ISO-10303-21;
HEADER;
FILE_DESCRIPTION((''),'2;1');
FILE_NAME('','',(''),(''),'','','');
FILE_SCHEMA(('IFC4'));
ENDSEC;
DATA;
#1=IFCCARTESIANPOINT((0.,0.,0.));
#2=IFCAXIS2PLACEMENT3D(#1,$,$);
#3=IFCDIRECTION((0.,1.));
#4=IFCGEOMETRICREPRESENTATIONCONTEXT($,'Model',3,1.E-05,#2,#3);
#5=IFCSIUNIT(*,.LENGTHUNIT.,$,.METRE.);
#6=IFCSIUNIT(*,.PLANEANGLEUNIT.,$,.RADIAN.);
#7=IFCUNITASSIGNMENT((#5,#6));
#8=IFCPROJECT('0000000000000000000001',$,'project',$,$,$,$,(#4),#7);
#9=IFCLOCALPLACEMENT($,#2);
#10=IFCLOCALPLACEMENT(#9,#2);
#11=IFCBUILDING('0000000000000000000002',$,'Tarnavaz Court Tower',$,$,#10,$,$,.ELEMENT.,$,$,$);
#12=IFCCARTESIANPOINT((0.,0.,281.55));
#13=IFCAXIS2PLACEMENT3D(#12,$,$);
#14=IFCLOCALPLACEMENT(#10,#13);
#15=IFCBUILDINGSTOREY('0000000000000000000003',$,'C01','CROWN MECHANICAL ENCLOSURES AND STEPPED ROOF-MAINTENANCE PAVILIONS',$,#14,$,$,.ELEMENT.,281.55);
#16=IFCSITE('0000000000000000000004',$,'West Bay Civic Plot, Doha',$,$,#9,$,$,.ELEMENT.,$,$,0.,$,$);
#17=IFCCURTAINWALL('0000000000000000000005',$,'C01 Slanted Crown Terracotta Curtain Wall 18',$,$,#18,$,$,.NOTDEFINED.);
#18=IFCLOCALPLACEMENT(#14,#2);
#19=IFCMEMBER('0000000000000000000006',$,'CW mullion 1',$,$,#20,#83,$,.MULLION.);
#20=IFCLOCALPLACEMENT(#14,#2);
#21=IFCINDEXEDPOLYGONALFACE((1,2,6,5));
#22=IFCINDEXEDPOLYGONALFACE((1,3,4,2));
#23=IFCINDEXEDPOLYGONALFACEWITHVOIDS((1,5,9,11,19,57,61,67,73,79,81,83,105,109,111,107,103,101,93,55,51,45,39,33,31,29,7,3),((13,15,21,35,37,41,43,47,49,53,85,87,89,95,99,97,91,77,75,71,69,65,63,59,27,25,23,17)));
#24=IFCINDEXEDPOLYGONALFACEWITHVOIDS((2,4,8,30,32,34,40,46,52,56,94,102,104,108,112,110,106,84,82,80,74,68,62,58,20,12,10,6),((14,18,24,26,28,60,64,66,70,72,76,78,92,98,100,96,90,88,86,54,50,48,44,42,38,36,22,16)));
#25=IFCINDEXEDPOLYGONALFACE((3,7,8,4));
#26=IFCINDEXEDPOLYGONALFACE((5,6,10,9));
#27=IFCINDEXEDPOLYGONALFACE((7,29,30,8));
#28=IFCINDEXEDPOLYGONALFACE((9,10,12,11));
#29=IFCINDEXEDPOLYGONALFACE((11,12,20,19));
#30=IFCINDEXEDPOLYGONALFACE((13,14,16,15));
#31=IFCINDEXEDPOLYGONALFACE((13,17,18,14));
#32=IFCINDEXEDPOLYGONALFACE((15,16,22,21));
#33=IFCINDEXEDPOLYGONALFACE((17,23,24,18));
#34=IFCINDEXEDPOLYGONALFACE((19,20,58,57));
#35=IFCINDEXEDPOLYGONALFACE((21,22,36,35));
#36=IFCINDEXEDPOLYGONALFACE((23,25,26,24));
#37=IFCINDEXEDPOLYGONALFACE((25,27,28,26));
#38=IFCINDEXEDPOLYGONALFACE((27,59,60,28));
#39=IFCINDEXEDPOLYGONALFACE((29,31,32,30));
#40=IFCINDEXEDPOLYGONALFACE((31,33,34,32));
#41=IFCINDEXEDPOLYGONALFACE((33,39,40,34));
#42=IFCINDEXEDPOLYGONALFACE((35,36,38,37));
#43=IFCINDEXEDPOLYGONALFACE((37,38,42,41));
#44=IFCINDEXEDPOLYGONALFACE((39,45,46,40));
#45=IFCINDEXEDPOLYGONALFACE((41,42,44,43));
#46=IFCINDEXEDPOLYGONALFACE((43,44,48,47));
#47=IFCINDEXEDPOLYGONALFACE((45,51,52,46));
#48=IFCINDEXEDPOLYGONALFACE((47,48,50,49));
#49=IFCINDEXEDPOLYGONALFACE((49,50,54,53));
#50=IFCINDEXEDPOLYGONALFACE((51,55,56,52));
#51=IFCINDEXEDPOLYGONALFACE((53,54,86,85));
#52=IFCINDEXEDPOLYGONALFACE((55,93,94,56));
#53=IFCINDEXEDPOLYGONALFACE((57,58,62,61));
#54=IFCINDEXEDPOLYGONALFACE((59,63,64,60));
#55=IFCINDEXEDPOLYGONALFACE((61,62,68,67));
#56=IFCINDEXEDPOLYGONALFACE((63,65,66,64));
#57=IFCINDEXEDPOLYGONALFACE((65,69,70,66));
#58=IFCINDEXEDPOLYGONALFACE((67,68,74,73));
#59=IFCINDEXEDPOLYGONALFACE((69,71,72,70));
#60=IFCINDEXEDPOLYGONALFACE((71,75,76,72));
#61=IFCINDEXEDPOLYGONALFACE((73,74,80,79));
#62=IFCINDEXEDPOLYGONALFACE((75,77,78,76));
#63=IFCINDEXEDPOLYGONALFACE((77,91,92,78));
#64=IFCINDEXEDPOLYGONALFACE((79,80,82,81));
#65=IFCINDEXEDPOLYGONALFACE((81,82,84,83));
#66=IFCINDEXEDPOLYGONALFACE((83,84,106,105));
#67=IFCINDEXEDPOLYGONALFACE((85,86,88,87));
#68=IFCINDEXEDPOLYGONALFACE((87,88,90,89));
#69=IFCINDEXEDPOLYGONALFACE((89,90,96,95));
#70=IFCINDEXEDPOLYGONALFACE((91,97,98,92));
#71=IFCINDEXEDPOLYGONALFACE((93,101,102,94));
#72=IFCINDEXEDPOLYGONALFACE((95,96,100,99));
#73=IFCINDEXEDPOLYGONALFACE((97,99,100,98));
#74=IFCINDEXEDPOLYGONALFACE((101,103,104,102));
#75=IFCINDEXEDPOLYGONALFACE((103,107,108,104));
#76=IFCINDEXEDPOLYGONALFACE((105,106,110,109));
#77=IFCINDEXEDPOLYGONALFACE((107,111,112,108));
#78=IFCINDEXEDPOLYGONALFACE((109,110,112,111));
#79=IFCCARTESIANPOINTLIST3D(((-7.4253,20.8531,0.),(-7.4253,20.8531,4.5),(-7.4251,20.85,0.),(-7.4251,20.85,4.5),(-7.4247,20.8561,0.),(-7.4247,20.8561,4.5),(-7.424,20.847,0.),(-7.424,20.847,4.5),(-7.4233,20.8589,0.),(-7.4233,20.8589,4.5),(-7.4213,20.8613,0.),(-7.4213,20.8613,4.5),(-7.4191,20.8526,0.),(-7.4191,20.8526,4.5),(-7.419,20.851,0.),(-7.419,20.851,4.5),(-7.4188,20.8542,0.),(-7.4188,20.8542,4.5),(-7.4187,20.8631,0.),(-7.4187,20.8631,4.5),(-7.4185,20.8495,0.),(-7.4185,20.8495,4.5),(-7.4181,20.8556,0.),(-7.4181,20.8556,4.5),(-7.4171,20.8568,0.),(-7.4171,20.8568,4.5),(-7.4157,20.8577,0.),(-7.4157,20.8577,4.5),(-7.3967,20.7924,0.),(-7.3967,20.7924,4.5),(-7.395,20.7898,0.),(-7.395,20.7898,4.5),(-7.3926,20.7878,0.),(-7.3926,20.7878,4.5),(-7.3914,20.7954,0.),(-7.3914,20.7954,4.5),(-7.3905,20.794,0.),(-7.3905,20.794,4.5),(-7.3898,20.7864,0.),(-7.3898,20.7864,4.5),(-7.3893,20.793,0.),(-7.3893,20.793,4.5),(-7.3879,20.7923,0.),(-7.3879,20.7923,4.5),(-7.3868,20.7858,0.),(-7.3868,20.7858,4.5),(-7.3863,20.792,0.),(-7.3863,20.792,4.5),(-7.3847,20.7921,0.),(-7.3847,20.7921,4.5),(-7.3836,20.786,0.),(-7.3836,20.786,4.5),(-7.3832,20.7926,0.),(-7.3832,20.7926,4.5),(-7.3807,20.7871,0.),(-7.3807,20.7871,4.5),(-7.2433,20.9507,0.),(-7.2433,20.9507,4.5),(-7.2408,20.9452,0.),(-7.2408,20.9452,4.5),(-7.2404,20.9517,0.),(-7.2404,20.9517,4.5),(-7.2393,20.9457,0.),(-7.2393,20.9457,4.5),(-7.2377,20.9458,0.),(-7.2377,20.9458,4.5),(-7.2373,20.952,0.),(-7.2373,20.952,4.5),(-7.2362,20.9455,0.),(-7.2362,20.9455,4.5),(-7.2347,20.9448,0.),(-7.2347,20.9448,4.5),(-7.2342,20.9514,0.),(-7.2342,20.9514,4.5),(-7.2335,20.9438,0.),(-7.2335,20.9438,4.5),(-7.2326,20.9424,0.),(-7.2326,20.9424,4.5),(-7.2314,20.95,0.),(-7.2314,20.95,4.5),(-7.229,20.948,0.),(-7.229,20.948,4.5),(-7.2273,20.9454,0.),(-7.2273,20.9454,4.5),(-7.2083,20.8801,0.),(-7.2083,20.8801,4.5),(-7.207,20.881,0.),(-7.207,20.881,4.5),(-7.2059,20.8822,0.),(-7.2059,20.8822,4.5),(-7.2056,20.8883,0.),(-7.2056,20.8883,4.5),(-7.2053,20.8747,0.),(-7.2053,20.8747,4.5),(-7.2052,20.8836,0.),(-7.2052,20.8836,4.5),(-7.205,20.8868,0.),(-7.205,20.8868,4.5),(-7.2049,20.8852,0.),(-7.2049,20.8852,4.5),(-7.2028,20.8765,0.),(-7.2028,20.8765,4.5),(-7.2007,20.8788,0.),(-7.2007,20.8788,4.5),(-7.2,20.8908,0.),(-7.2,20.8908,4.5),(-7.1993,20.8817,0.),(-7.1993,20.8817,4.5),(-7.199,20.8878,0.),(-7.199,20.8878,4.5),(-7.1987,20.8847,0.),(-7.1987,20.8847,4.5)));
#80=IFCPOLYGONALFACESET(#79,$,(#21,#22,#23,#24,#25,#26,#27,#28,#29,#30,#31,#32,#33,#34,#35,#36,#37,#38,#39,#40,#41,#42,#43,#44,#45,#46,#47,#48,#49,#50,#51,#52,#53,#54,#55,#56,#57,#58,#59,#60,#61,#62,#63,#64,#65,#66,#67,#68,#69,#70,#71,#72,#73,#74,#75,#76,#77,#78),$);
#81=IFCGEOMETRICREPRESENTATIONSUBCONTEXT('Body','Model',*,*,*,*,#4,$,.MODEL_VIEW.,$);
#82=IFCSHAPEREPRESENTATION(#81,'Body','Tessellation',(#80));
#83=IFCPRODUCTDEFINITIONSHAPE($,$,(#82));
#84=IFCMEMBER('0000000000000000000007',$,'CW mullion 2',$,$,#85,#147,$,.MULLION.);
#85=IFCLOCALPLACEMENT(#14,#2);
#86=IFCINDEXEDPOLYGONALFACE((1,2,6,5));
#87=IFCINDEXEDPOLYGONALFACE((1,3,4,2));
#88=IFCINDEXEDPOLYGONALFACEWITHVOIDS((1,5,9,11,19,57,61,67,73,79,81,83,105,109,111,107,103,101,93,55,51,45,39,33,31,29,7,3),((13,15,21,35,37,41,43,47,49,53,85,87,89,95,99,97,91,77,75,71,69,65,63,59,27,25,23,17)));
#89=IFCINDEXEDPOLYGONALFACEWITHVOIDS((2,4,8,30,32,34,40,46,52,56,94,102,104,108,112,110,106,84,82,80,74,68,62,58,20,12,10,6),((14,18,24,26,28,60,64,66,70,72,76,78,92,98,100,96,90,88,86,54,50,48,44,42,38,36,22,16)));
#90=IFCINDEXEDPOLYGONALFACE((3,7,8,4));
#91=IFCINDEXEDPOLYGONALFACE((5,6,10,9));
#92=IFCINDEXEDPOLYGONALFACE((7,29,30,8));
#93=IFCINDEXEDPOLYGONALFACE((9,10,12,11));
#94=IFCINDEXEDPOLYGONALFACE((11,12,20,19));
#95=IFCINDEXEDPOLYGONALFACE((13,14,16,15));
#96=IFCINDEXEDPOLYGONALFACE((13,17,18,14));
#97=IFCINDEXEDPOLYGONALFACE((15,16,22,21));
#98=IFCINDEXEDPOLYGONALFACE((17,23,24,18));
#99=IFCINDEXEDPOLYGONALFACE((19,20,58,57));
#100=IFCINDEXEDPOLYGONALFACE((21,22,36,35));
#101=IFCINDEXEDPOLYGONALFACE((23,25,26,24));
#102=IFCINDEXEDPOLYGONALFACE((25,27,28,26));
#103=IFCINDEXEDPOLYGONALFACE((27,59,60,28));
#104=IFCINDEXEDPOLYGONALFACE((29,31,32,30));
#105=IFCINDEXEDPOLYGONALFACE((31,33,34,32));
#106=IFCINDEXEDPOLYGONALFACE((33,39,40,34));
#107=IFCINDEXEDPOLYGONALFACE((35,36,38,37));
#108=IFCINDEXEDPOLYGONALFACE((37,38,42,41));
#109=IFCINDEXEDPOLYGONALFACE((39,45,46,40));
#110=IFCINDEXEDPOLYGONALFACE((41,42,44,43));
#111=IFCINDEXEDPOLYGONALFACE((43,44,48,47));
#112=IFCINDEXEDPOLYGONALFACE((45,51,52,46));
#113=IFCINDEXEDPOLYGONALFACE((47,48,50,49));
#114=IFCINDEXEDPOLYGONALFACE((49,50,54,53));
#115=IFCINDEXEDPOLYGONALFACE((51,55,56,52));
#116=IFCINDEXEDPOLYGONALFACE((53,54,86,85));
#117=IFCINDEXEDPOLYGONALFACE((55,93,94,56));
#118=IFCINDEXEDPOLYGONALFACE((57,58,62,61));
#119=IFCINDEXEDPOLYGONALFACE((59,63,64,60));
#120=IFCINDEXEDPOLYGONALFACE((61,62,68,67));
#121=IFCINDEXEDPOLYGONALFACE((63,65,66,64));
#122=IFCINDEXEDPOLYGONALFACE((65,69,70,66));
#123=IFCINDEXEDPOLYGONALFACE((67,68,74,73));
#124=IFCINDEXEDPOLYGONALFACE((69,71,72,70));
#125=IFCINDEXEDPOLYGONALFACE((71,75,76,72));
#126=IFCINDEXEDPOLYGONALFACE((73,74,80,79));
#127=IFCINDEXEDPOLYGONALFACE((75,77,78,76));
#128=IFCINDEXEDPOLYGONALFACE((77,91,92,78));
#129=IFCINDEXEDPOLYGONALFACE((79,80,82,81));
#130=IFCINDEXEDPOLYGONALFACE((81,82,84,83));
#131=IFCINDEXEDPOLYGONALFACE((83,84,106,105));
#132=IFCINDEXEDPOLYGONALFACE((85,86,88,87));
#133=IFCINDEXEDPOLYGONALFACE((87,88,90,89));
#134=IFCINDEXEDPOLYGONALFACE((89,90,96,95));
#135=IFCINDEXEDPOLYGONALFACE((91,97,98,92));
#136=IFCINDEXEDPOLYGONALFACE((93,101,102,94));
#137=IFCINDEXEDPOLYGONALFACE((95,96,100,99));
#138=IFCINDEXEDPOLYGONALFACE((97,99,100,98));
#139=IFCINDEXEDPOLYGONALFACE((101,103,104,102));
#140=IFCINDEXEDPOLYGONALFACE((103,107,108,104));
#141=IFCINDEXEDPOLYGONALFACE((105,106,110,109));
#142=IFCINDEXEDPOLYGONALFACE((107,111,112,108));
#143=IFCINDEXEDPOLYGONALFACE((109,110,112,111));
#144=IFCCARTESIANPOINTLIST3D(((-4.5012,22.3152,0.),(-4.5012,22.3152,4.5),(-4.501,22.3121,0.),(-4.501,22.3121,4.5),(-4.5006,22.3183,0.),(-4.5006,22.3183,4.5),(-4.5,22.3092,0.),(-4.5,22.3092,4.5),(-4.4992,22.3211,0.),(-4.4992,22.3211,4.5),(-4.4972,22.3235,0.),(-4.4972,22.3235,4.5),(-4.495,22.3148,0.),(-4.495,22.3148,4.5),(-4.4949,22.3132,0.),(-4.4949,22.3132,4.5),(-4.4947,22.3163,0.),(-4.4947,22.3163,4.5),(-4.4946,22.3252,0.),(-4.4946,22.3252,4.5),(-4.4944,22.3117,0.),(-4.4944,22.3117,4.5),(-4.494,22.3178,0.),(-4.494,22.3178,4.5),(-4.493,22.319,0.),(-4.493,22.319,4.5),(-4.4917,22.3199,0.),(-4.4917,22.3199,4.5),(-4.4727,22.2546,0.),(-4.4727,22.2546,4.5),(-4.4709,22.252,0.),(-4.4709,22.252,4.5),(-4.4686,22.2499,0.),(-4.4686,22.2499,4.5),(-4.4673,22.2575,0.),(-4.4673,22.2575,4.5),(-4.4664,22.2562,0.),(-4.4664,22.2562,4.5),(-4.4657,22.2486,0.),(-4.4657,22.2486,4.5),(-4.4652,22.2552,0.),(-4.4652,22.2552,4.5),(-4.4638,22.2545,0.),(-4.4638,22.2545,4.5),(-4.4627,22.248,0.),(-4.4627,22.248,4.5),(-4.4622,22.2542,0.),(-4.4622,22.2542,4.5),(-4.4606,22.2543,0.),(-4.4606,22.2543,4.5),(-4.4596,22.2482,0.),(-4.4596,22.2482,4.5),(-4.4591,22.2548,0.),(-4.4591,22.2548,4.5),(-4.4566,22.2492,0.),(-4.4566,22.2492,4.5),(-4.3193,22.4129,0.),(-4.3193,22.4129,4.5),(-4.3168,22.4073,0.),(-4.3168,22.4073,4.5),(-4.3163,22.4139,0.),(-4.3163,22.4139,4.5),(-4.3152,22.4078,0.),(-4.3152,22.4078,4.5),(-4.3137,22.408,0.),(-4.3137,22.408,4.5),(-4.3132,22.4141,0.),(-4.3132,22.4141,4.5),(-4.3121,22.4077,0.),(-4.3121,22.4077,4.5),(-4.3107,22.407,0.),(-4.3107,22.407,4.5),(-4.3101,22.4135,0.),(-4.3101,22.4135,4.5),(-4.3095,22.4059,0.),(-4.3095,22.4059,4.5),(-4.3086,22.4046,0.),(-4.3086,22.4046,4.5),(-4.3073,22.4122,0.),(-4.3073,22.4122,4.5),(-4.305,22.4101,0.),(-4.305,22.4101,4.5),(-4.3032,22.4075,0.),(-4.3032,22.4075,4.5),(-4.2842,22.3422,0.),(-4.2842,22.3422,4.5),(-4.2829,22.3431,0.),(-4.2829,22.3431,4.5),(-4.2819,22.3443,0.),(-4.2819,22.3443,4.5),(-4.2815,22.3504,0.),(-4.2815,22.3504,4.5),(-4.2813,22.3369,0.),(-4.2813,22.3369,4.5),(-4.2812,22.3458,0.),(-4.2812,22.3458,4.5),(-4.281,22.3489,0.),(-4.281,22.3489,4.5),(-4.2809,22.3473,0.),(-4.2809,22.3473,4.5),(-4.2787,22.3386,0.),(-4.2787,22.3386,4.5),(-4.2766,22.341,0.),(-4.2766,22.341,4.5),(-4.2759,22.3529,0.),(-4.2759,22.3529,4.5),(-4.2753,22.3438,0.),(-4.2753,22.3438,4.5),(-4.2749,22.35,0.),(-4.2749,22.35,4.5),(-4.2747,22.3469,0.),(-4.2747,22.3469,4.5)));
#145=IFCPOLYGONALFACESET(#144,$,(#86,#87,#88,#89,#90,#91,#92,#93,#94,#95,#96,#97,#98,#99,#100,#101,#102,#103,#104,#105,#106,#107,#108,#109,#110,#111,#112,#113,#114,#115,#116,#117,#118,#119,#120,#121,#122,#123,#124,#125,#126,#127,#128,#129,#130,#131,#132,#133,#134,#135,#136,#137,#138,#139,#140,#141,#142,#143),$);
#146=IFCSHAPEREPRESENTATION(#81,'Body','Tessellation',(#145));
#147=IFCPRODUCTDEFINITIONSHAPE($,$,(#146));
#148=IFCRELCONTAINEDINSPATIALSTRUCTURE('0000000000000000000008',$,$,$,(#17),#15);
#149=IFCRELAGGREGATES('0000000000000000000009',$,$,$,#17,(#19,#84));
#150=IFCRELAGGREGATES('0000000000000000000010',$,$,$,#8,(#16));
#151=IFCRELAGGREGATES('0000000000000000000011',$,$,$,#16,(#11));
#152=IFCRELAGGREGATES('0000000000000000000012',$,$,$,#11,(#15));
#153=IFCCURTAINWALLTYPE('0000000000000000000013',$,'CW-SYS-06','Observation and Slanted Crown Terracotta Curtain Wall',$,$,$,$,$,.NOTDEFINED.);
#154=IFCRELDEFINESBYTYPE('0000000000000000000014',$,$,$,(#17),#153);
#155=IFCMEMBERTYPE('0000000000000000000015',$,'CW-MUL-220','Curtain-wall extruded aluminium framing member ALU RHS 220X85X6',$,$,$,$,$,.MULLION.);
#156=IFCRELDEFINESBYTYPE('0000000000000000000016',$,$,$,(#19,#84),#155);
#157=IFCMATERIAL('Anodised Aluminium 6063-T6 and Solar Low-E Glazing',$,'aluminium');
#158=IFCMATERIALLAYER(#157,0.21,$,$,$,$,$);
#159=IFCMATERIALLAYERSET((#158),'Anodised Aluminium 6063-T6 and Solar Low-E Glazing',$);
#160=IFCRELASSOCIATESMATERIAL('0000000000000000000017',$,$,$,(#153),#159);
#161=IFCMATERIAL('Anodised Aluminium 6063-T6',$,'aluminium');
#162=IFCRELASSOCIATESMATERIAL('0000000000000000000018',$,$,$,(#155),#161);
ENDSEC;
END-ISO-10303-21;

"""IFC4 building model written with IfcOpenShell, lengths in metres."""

from ifc_helpers import new_model, si_unit, direction, frame, origin, origin_2d, place, context, subcontext, project, spatial, hollow_rectangle, extrude, material, layer, layer_set, material_profile, profile_set, type_object, element, aggregate, save


model = new_model("IFC4")

# Units and contexts
model_context = context("Model", 3, precision=1e-05, world=origin(), true_north=direction((0.0, 1.0)))
body_context = subcontext(model_context, "Body", "Model", "MODEL_VIEW")
ifc_project = project(units=[si_unit("LENGTHUNIT", "METRE"), si_unit("PLANEANGLEUNIT", "RADIAN")], contexts=[model_context])

# Site, building, storey
site_placement = place(None, origin())
site = spatial("IfcSite", under=ifc_project, at=site_placement, Name="West Bay Civic Plot, Doha", CompositionType="ELEMENT", RefElevation=0.0)
building_placement = place(site_placement, origin())
building = spatial("IfcBuilding", under=site, at=building_placement, Name="Tarnavaz Court Tower", CompositionType="ELEMENT")
storey_placement = place(building_placement, frame((0.0, 0.0, 281.55)))
storey = spatial("IfcBuildingStorey", under=building, at=storey_placement, Name="C01", Description="CROWN MECHANICAL ENCLOSURES AND STEPPED ROOF-MAINTENANCE PAVILIONS", CompositionType="ELEMENT", Elevation=281.55)

# Shared definitions
ifc_material_1 = material(Name="Anodised Aluminium 6063-T6 and Solar Low-E Glazing", Category="aluminium")
ifc_layer_1 = layer(ifc_material_1, 0.21)
ifc_layer_set_1 = layer_set([ifc_layer_1], Name="Anodised Aluminium 6063-T6 and Solar Low-E Glazing")
curtain_wall_type = type_object("IfcCurtainWallType", Name="CW-SYS-06", Description="Observation and Slanted Crown Terracotta Curtain Wall", PredefinedType="NOTDEFINED", material=ifc_layer_set_1)
ifc_material_2 = material(Name="Anodised Aluminium 6063-T6", Category="aluminium")
ifc_material_profile_1 = material_profile(ifc_material_2, hollow_rectangle(XDim=0.085, YDim=0.22, WallThickness=0.0061, InnerFilletRadius=0.0061, OuterFilletRadius=0.012, at=origin_2d()), Name="ALU RHS 220X85X6")
ifc_profile_set_1 = profile_set([ifc_material_profile_1], Name="Anodised Aluminium 6063-T6")
member_type_1 = type_object("IfcMemberType", Name="CW-MUL-220", Description="Curtain-wall extruded aluminium framing member ALU RHS 220X85X6", PredefinedType="MULLION", material=ifc_profile_set_1)

# Curtain wall, members
curtain_wall_1_placement = place(storey_placement, origin())
curtain_wall_1 = element("IfcCurtainWall", 1, at=curtain_wall_1_placement, inside=storey, type_object=curtain_wall_type, Name="C01 Slanted Crown Terracotta Curtain Wall 18", PredefinedType="NOTDEFINED")
member_1_placement = place(storey_placement, frame((-7.312, 20.8689, 0.0), z_axis=(0.0, 0.0, 1.0), x_axis=(-0.447214, 0.894427, 0.0)))
member_1 = element("IfcMember", 2, at=member_1_placement, type_object=member_type_1, Name="CW mullion 1", PredefinedType="MULLION", context=body_context, shape_type="SweptSolid", body=[
    extrude(hollow_rectangle(XDim=0.085, YDim=0.22, WallThickness=0.0061, InnerFilletRadius=0.0061, OuterFilletRadius=0.012, at=origin_2d()), origin(), (0.0, 0.0, 1.0), 4.5),
])
member_2_placement = place(storey_placement, frame((-4.3879, 22.3311, 0.0), z_axis=(0.0, 0.0, 1.0), x_axis=(-0.447214, 0.894427, 0.0)))
member_2 = element("IfcMember", 3, at=member_2_placement, type_object=member_type_1, Name="CW mullion 2", PredefinedType="MULLION", context=body_context, shape_type="SweptSolid", body=[
    extrude(hollow_rectangle(XDim=0.085, YDim=0.22, WallThickness=0.0061, InnerFilletRadius=0.0061, OuterFilletRadius=0.012, at=origin_2d()), origin(), (0.0, 0.0, 1.0), 4.5),
])

aggregate(curtain_wall_1, [member_1, member_2])

save(model, "model.ifc")
